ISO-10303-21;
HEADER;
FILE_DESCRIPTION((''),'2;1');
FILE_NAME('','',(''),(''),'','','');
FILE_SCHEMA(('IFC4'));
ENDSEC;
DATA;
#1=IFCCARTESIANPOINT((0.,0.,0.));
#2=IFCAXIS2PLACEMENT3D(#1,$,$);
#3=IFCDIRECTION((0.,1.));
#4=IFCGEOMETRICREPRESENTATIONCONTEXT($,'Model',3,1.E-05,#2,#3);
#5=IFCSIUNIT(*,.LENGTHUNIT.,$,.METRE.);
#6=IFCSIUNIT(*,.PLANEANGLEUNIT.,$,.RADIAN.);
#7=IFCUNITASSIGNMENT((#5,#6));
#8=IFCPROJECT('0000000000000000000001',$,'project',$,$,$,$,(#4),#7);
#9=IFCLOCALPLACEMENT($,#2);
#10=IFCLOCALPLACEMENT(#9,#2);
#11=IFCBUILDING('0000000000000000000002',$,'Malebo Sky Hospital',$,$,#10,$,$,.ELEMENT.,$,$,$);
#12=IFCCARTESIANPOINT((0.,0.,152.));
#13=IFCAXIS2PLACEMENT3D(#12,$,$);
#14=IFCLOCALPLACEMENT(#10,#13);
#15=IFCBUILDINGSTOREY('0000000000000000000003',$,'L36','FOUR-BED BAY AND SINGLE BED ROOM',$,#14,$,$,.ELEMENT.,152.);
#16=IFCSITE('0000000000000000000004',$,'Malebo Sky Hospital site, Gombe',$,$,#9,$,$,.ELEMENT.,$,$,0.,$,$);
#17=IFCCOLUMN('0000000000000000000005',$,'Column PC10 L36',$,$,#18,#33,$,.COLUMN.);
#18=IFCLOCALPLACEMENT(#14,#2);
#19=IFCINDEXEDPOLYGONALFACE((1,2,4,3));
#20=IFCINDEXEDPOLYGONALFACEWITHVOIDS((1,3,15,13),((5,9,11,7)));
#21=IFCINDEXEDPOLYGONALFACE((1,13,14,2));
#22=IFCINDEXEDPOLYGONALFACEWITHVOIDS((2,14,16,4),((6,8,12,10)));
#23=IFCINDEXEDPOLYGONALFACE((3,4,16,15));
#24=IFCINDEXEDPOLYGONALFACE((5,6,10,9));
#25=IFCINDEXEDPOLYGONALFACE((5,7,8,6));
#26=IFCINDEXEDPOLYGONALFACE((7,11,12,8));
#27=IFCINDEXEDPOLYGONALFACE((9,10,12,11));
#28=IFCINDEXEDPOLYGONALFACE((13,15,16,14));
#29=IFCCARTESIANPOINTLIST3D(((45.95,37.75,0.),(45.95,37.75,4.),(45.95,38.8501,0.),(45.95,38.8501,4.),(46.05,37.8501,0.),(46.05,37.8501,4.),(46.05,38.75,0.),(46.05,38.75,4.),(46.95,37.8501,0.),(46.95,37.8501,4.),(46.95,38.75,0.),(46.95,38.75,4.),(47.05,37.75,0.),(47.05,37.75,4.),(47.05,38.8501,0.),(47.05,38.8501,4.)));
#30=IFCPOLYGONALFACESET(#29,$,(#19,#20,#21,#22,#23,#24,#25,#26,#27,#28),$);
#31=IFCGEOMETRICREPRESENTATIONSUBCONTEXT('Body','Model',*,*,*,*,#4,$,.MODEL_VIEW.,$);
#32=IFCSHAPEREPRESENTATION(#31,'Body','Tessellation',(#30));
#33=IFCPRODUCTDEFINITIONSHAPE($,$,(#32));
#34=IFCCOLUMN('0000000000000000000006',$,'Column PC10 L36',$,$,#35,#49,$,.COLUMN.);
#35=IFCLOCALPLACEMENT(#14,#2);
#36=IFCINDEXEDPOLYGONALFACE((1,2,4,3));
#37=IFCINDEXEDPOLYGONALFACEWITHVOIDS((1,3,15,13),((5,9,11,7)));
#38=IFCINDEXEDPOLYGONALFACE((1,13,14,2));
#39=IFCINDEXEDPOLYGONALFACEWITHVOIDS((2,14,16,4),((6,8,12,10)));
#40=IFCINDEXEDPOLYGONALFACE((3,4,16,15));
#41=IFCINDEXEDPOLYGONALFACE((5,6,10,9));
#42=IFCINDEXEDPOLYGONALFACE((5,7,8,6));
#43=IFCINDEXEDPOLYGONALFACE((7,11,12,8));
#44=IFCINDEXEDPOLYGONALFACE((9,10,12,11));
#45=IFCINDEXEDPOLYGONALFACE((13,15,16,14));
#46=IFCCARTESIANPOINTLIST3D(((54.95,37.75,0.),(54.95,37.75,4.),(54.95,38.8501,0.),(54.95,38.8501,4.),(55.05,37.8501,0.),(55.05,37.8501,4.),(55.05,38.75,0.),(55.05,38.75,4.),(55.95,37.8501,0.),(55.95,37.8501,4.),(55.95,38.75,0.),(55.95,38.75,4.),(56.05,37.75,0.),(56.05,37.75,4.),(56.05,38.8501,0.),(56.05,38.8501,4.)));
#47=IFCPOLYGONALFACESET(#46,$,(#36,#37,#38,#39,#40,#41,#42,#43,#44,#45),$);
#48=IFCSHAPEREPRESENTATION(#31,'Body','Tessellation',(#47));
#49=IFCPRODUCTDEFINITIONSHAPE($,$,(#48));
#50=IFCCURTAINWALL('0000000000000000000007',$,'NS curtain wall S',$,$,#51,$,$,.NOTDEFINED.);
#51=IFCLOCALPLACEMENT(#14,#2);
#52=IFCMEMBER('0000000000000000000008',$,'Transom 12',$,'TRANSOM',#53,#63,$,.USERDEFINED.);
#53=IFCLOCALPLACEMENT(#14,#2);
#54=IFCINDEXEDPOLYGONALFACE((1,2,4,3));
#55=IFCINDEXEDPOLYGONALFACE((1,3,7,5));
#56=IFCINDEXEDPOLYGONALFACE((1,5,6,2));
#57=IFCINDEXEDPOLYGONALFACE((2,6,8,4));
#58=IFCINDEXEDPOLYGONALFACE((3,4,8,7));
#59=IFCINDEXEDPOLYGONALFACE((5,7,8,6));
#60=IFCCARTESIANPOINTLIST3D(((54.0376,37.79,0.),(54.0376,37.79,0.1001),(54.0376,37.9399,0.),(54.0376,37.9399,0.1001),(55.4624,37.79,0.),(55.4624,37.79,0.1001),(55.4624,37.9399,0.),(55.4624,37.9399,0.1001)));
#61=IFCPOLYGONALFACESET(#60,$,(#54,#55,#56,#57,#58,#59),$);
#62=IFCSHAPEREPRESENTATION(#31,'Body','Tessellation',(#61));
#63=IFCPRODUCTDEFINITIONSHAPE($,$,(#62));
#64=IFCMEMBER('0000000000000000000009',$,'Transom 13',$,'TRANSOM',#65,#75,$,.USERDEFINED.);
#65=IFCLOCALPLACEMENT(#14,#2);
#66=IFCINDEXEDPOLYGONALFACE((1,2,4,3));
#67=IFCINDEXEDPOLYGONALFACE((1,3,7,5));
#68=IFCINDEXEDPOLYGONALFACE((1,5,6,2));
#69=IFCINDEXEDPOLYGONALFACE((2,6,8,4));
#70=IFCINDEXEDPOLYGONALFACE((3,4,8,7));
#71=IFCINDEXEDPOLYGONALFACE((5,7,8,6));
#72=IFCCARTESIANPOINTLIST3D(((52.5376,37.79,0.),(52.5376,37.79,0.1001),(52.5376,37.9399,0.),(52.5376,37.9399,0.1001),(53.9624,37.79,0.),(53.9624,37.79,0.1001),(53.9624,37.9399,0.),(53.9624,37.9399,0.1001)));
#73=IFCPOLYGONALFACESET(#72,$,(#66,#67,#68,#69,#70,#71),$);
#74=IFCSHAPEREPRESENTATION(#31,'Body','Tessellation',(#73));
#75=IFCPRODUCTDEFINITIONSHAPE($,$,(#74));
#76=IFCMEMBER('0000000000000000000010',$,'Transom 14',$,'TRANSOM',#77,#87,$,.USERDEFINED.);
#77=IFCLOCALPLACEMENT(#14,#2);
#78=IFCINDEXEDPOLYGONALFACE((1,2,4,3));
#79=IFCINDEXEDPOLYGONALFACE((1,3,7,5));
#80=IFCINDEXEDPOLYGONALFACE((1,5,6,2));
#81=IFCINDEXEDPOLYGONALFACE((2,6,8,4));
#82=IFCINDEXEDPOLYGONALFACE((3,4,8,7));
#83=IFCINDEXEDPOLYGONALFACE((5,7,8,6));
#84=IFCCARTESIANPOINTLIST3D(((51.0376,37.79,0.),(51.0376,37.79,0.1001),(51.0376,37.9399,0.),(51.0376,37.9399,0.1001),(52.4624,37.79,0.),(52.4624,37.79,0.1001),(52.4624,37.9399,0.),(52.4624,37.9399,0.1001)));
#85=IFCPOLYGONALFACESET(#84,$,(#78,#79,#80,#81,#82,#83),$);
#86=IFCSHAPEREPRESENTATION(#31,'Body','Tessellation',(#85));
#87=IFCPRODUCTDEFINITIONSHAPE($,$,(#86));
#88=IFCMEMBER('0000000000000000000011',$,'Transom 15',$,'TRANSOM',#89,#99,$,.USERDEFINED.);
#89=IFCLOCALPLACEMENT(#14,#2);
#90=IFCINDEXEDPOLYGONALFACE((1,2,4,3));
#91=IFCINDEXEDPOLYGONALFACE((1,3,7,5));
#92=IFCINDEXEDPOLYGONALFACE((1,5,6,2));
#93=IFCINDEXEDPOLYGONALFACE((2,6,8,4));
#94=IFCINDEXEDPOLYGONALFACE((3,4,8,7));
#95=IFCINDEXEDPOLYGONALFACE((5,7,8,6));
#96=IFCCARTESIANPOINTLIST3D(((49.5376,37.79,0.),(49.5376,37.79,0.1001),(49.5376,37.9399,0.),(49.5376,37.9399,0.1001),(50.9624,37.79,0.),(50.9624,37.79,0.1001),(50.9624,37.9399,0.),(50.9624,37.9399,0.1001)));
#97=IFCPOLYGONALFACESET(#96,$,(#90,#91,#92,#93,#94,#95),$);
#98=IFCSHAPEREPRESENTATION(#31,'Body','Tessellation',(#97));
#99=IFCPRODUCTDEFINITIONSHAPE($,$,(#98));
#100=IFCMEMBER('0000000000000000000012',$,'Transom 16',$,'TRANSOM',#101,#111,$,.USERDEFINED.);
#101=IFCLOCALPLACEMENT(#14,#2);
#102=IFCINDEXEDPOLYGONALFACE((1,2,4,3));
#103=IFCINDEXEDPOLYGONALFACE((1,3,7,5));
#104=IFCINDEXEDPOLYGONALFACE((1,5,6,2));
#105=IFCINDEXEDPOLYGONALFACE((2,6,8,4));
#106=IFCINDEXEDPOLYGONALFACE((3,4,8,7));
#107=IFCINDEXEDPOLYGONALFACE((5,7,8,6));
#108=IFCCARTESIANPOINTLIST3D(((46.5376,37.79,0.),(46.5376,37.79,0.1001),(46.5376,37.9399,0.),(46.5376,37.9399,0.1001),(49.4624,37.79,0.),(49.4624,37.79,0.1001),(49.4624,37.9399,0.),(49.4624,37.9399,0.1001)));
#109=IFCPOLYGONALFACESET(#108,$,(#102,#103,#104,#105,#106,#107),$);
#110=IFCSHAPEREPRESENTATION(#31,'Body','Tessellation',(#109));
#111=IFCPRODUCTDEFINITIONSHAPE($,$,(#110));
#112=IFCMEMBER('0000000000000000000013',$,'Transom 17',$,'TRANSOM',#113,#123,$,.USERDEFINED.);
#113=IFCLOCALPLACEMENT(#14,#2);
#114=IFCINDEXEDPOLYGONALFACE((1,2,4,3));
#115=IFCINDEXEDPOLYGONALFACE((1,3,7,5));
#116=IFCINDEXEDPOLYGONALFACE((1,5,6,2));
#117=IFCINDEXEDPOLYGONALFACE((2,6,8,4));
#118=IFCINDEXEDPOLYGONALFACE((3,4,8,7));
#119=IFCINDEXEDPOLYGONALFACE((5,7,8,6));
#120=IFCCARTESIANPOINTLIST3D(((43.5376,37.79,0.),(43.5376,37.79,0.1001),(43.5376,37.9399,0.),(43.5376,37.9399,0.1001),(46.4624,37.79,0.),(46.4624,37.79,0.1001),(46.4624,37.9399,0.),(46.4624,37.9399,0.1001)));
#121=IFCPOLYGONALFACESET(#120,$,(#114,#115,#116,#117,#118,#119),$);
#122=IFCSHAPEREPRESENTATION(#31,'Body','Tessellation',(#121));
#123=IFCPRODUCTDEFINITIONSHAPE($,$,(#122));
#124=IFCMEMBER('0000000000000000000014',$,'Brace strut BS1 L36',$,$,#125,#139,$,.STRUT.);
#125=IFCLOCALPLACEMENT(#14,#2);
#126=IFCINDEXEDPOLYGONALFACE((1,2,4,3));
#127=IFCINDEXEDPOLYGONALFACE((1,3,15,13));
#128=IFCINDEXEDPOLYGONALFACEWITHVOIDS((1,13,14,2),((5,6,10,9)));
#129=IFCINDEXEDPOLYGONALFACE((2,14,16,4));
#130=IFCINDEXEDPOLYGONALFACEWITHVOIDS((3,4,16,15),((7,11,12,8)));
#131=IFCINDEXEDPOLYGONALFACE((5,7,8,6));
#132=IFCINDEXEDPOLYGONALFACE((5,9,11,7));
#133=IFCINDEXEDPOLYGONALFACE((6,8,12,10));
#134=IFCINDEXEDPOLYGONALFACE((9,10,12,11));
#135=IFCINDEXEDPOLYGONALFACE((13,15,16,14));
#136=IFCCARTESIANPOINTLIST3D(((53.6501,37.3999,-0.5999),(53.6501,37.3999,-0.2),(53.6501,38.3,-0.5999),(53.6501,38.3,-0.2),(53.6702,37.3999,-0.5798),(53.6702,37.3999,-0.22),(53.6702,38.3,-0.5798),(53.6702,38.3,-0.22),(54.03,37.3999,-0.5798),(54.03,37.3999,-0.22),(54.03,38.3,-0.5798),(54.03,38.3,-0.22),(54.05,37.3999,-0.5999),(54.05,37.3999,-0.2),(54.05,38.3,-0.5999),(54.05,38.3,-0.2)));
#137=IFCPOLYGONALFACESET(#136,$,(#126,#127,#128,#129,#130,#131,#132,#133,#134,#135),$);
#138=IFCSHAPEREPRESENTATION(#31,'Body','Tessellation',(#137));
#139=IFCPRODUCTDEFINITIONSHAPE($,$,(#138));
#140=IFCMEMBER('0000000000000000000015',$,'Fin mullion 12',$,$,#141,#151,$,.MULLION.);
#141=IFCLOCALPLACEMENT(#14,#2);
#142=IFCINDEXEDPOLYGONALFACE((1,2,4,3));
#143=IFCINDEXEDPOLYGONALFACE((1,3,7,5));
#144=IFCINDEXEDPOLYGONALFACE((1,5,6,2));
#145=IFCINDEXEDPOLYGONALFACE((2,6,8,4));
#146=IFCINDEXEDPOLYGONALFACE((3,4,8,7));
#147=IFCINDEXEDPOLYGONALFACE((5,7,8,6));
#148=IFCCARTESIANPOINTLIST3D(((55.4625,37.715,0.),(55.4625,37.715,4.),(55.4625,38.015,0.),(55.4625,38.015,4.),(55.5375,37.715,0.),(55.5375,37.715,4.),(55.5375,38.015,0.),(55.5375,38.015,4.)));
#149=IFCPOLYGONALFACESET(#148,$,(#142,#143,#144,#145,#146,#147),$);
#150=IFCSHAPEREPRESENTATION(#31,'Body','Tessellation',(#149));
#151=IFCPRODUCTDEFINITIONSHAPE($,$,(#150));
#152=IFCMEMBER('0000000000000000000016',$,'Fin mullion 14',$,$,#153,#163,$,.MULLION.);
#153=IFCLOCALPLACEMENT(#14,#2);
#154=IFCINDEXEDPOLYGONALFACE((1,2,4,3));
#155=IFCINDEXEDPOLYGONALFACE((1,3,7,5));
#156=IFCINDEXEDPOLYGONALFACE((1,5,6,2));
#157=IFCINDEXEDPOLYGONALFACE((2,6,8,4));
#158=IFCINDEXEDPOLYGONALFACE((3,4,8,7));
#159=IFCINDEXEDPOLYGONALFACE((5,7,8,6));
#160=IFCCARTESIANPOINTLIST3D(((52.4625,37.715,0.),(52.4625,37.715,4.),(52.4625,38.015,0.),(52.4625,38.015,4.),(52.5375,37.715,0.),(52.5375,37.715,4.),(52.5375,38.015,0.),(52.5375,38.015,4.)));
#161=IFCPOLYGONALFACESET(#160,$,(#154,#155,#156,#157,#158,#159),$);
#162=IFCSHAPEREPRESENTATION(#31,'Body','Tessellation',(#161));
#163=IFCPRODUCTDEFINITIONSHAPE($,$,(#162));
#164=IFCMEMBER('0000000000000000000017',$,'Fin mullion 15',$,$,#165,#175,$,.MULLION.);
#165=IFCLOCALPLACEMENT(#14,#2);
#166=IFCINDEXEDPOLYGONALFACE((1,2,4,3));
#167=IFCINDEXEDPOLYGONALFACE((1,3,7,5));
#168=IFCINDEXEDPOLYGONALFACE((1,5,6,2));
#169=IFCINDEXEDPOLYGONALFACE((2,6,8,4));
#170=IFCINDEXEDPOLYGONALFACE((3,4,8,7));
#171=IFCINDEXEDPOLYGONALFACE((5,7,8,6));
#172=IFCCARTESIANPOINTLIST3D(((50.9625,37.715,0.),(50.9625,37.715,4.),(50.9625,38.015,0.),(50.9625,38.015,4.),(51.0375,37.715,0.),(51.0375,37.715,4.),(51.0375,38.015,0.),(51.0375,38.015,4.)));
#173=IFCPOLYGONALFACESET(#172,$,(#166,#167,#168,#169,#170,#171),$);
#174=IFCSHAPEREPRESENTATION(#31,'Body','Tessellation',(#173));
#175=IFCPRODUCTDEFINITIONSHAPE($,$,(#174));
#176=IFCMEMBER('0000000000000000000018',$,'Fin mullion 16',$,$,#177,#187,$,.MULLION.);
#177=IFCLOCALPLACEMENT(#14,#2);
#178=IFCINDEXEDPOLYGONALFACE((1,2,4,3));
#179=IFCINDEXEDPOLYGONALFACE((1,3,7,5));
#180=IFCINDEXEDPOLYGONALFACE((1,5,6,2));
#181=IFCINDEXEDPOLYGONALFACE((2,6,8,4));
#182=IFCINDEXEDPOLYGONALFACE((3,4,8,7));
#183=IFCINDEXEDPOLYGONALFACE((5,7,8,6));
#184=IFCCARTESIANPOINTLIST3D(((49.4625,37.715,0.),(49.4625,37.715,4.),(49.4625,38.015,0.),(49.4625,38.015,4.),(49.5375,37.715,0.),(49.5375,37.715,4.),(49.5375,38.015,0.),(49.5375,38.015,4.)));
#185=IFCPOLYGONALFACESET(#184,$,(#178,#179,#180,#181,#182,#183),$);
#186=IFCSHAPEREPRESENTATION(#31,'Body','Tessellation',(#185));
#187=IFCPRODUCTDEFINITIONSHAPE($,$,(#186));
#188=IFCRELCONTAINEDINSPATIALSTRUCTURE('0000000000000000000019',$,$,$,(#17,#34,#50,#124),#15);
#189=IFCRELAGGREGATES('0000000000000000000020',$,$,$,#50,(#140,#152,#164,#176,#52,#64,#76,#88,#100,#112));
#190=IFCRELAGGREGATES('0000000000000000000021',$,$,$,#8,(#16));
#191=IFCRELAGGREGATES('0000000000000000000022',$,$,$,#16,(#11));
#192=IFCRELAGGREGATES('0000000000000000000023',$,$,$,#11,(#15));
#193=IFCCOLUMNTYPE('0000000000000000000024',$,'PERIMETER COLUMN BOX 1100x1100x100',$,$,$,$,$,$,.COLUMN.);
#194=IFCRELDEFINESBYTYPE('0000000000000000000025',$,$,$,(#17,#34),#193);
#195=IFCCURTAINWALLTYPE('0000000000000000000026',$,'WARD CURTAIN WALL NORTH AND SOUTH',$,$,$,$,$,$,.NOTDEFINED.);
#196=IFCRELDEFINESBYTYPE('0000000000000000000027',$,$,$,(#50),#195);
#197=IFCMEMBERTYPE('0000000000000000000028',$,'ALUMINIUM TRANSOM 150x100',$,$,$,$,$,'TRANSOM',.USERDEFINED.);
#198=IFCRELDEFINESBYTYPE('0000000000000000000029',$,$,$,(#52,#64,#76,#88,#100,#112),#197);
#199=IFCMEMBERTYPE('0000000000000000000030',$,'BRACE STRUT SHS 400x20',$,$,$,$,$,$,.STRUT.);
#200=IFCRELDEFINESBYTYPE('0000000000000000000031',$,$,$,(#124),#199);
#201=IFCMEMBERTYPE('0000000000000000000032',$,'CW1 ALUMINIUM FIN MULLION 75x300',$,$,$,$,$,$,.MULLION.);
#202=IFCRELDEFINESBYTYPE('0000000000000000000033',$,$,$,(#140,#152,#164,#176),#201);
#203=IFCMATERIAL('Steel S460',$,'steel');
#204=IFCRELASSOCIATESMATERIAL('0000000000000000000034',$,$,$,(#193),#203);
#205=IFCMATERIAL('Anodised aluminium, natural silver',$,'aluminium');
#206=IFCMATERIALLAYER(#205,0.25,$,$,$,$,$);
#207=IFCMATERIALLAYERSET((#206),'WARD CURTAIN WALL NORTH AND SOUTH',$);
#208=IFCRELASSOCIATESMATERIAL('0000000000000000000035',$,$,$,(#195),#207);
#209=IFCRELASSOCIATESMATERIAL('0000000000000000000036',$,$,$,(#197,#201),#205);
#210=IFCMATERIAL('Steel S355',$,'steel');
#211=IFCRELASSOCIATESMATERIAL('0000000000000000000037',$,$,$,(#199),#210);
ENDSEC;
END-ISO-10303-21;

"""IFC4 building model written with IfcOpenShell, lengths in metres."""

from ifc_helpers import new_model, si_unit, direction, frame, origin, origin_2d, place, context, subcontext, project, spatial, rectangle, hollow_rectangle, extrude, material, layer, layer_set, material_profile, profile_set, type_object, element, aggregate, save


model = new_model("IFC4")

# Units and contexts
model_context = context("Model", 3, precision=1e-05, world=origin(), true_north=direction((0.0, 1.0)))
body_context = subcontext(model_context, "Body", "Model", "MODEL_VIEW")
ifc_project = project(units=[si_unit("LENGTHUNIT", "METRE"), si_unit("PLANEANGLEUNIT", "RADIAN")], contexts=[model_context])

# Site, building, storey
site_placement = place(None, origin())
site = spatial("IfcSite", under=ifc_project, at=site_placement, Name="Malebo Sky Hospital site, Gombe", CompositionType="ELEMENT", RefElevation=0.0)
building_placement = place(site_placement, origin())
building = spatial("IfcBuilding", under=site, at=building_placement, Name="Malebo Sky Hospital", CompositionType="ELEMENT")
storey_placement = place(building_placement, frame((0.0, 0.0, 152.0)))
storey = spatial("IfcBuildingStorey", under=building, at=storey_placement, Name="L36", Description="FOUR-BED BAY AND SINGLE BED ROOM", CompositionType="ELEMENT", Elevation=152.0)

# Columns
ifc_material_1 = material(Name="Steel S460", Category="steel")
ifc_material_profile_1 = material_profile(ifc_material_1, hollow_rectangle(XDim=1.1001, YDim=1.1001, WallThickness=0.1001, at=origin_2d()), Name="BOX 1100x1100x100")
ifc_profile_set_1 = profile_set([ifc_material_profile_1], Name="Steel S460")
column_type = type_object("IfcColumnType", Name="PERIMETER COLUMN BOX 1100x1100x100", PredefinedType="COLUMN", material=ifc_profile_set_1)
for number, where, z_axis, x_axis, name in (
    (1, (46.5, 38.3, 0.0), (0.0, 0.0, 1.0), (1.0, 0.0, 0.0), "Column PC10 L36"),
    (2, (55.5, 38.3, 0.0), (0.0, 0.0, 1.0), (1.0, 0.0, 0.0), "Column PC10 L36"),
):
    element("IfcColumn", number, at=place(storey_placement, frame(where, z_axis=z_axis, x_axis=x_axis)), inside=storey, type_object=column_type, Name=name, PredefinedType="COLUMN", context=body_context, shape_type="SweptSolid", body=[
        extrude(hollow_rectangle(XDim=1.1001, YDim=1.1001, WallThickness=0.1001, at=origin_2d()), origin(), (0.0, 0.0, 1.0), 4.0),
    ])

# Curtain wall, members
ifc_material_2 = material(Name="Anodised aluminium, natural silver", Category="aluminium")
ifc_layer_1 = layer(ifc_material_2, 0.25)
ifc_layer_set_1 = layer_set([ifc_layer_1], Name="WARD CURTAIN WALL NORTH AND SOUTH")
curtain_wall_type = type_object("IfcCurtainWallType", Name="WARD CURTAIN WALL NORTH AND SOUTH", PredefinedType="NOTDEFINED", material=ifc_layer_set_1)
curtain_wall_placement = place(storey_placement, origin())
curtain_wall = element("IfcCurtainWall", 3, at=curtain_wall_placement, inside=storey, type_object=curtain_wall_type, Name="NS curtain wall S", PredefinedType="NOTDEFINED")
ifc_material_profile_2 = material_profile(ifc_material_2, rectangle(XDim=0.1499, YDim=0.1001, at=origin_2d()), Name="ALUMINIUM TRANSOM 150x100")
ifc_profile_set_2 = profile_set([ifc_material_profile_2], Name="Anodised aluminium, natural silver")
member_type_1 = type_object("IfcMemberType", Name="ALUMINIUM TRANSOM 150x100", ElementType="TRANSOM", PredefinedType="USERDEFINED", material=ifc_profile_set_2)
member_1_placement = place(storey_placement, frame((55.4624, 37.865, 0.05), z_axis=(-1.0, 0.0, 0.0), x_axis=(0.0, -1.0, 0.0)))
member_1 = element("IfcMember", 4, at=member_1_placement, type_object=member_type_1, Name="Transom 12", ObjectType="TRANSOM", PredefinedType="USERDEFINED", context=body_context, shape_type="SweptSolid", body=[
    extrude(rectangle(XDim=0.1499, YDim=0.1001, at=origin_2d()), origin(), (0.0, 0.0, 1.0), 1.4248),
])
member_2_placement = place(storey_placement, frame((53.9624, 37.865, 0.05), z_axis=(-1.0, 0.0, 0.0), x_axis=(0.0, -1.0, 0.0)))
member_2 = element("IfcMember", 5, at=member_2_placement, type_object=member_type_1, Name="Transom 13", ObjectType="TRANSOM", PredefinedType="USERDEFINED", context=body_context, shape_type="SweptSolid", body=[
    extrude(rectangle(XDim=0.1499, YDim=0.1001, at=origin_2d()), origin(), (0.0, 0.0, 1.0), 1.4248),
])
member_3_placement = place(storey_placement, frame((52.4624, 37.865, 0.05), z_axis=(-1.0, 0.0, 0.0), x_axis=(0.0, -1.0, 0.0)))
member_3 = element("IfcMember", 6, at=member_3_placement, type_object=member_type_1, Name="Transom 14", ObjectType="TRANSOM", PredefinedType="USERDEFINED", context=body_context, shape_type="SweptSolid", body=[
    extrude(rectangle(XDim=0.1499, YDim=0.1001, at=origin_2d()), origin(), (0.0, 0.0, 1.0), 1.4248),
])
member_4_placement = place(storey_placement, frame((50.9624, 37.865, 0.05), z_axis=(-1.0, 0.0, 0.0), x_axis=(0.0, -1.0, 0.0)))
member_4 = element("IfcMember", 7, at=member_4_placement, type_object=member_type_1, Name="Transom 15", ObjectType="TRANSOM", PredefinedType="USERDEFINED", context=body_context, shape_type="SweptSolid", body=[
    extrude(rectangle(XDim=0.1499, YDim=0.1001, at=origin_2d()), origin(), (0.0, 0.0, 1.0), 1.4248),
])
member_5_placement = place(storey_placement, frame((49.4624, 37.865, 0.05), z_axis=(-1.0, 0.0, 0.0), x_axis=(0.0, -1.0, 0.0)))
member_5 = element("IfcMember", 8, at=member_5_placement, type_object=member_type_1, Name="Transom 16", ObjectType="TRANSOM", PredefinedType="USERDEFINED", context=body_context, shape_type="SweptSolid", body=[
    extrude(rectangle(XDim=0.1499, YDim=0.1001, at=origin_2d()), origin(), (0.0, 0.0, 1.0), 2.9248),
])
member_6_placement = place(storey_placement, frame((46.4624, 37.865, 0.05), z_axis=(-1.0, 0.0, 0.0), x_axis=(0.0, -1.0, 0.0)))
member_6 = element("IfcMember", 9, at=member_6_placement, type_object=member_type_1, Name="Transom 17", ObjectType="TRANSOM", PredefinedType="USERDEFINED", context=body_context, shape_type="SweptSolid", body=[
    extrude(rectangle(XDim=0.1499, YDim=0.1001, at=origin_2d()), origin(), (0.0, 0.0, 1.0), 2.9248),
])

# Members
ifc_material_3 = material(Name="Steel S355", Category="steel")
ifc_material_profile_3 = material_profile(ifc_material_3, hollow_rectangle(XDim=0.3999, YDim=0.3999, WallThickness=0.02, at=origin_2d()), Name="SHS 400x20")
ifc_profile_set_3 = profile_set([ifc_material_profile_3], Name="Steel S355")
member_type_2 = type_object("IfcMemberType", Name="BRACE STRUT SHS 400x20", PredefinedType="STRUT", material=ifc_profile_set_3)
member_7_placement = place(storey_placement, frame((53.8501, 37.3999, -0.3999), z_axis=(0.0, 1.0, 0.0), x_axis=(-1.0, 0.0, 0.0)))
element("IfcMember", 10, at=member_7_placement, inside=storey, type_object=member_type_2, Name="Brace strut BS1 L36", PredefinedType="STRUT", context=body_context, shape_type="SweptSolid", body=[
    extrude(hollow_rectangle(XDim=0.3999, YDim=0.3999, WallThickness=0.02, at=origin_2d()), origin(), (0.0, 0.0, 1.0), 0.9001),
])
ifc_material_profile_4 = material_profile(ifc_material_2, rectangle(XDim=0.075, YDim=0.3, at=origin_2d()), Name="CW1 ALUMINIUM FIN MULLION 75x300")
ifc_profile_set_4 = profile_set([ifc_material_profile_4], Name="Anodised aluminium, natural silver")
member_type_3 = type_object("IfcMemberType", Name="CW1 ALUMINIUM FIN MULLION 75x300", PredefinedType="MULLION", material=ifc_profile_set_4)
member_8_placement = place(storey_placement, frame((55.5, 37.865, 0.0), z_axis=(0.0, 0.0, 1.0), x_axis=(-1.0, 0.0, 0.0)))
member_8 = element("IfcMember", 11, at=member_8_placement, type_object=member_type_3, Name="Fin mullion 12", PredefinedType="MULLION", context=body_context, shape_type="SweptSolid", body=[
    extrude(rectangle(XDim=0.075, YDim=0.3, at=origin_2d()), origin(), (0.0, 0.0, 1.0), 4.0),
])
member_9_placement = place(storey_placement, frame((52.5, 37.865, 0.0), z_axis=(0.0, 0.0, 1.0), x_axis=(-1.0, 0.0, 0.0)))
member_9 = element("IfcMember", 12, at=member_9_placement, type_object=member_type_3, Name="Fin mullion 14", PredefinedType="MULLION", context=body_context, shape_type="SweptSolid", body=[
    extrude(rectangle(XDim=0.075, YDim=0.3, at=origin_2d()), origin(), (0.0, 0.0, 1.0), 4.0),
])
member_10_placement = place(storey_placement, frame((51.0, 37.865, 0.0), z_axis=(0.0, 0.0, 1.0), x_axis=(-1.0, 0.0, 0.0)))
member_10 = element("IfcMember", 13, at=member_10_placement, type_object=member_type_3, Name="Fin mullion 15", PredefinedType="MULLION", context=body_context, shape_type="SweptSolid", body=[
    extrude(rectangle(XDim=0.075, YDim=0.3, at=origin_2d()), origin(), (0.0, 0.0, 1.0), 4.0),
])
member_11_placement = place(storey_placement, frame((49.5, 37.865, 0.0), z_axis=(0.0, 0.0, 1.0), x_axis=(-1.0, 0.0, 0.0)))
member_11 = element("IfcMember", 14, at=member_11_placement, type_object=member_type_3, Name="Fin mullion 16", PredefinedType="MULLION", context=body_context, shape_type="SweptSolid", body=[
    extrude(rectangle(XDim=0.075, YDim=0.3, at=origin_2d()), origin(), (0.0, 0.0, 1.0), 4.0),
])

aggregate(curtain_wall, [member_8, member_9, member_10, member_11, member_1, member_2, member_3, member_4, member_5, member_6])

save(model, "model.ifc")
